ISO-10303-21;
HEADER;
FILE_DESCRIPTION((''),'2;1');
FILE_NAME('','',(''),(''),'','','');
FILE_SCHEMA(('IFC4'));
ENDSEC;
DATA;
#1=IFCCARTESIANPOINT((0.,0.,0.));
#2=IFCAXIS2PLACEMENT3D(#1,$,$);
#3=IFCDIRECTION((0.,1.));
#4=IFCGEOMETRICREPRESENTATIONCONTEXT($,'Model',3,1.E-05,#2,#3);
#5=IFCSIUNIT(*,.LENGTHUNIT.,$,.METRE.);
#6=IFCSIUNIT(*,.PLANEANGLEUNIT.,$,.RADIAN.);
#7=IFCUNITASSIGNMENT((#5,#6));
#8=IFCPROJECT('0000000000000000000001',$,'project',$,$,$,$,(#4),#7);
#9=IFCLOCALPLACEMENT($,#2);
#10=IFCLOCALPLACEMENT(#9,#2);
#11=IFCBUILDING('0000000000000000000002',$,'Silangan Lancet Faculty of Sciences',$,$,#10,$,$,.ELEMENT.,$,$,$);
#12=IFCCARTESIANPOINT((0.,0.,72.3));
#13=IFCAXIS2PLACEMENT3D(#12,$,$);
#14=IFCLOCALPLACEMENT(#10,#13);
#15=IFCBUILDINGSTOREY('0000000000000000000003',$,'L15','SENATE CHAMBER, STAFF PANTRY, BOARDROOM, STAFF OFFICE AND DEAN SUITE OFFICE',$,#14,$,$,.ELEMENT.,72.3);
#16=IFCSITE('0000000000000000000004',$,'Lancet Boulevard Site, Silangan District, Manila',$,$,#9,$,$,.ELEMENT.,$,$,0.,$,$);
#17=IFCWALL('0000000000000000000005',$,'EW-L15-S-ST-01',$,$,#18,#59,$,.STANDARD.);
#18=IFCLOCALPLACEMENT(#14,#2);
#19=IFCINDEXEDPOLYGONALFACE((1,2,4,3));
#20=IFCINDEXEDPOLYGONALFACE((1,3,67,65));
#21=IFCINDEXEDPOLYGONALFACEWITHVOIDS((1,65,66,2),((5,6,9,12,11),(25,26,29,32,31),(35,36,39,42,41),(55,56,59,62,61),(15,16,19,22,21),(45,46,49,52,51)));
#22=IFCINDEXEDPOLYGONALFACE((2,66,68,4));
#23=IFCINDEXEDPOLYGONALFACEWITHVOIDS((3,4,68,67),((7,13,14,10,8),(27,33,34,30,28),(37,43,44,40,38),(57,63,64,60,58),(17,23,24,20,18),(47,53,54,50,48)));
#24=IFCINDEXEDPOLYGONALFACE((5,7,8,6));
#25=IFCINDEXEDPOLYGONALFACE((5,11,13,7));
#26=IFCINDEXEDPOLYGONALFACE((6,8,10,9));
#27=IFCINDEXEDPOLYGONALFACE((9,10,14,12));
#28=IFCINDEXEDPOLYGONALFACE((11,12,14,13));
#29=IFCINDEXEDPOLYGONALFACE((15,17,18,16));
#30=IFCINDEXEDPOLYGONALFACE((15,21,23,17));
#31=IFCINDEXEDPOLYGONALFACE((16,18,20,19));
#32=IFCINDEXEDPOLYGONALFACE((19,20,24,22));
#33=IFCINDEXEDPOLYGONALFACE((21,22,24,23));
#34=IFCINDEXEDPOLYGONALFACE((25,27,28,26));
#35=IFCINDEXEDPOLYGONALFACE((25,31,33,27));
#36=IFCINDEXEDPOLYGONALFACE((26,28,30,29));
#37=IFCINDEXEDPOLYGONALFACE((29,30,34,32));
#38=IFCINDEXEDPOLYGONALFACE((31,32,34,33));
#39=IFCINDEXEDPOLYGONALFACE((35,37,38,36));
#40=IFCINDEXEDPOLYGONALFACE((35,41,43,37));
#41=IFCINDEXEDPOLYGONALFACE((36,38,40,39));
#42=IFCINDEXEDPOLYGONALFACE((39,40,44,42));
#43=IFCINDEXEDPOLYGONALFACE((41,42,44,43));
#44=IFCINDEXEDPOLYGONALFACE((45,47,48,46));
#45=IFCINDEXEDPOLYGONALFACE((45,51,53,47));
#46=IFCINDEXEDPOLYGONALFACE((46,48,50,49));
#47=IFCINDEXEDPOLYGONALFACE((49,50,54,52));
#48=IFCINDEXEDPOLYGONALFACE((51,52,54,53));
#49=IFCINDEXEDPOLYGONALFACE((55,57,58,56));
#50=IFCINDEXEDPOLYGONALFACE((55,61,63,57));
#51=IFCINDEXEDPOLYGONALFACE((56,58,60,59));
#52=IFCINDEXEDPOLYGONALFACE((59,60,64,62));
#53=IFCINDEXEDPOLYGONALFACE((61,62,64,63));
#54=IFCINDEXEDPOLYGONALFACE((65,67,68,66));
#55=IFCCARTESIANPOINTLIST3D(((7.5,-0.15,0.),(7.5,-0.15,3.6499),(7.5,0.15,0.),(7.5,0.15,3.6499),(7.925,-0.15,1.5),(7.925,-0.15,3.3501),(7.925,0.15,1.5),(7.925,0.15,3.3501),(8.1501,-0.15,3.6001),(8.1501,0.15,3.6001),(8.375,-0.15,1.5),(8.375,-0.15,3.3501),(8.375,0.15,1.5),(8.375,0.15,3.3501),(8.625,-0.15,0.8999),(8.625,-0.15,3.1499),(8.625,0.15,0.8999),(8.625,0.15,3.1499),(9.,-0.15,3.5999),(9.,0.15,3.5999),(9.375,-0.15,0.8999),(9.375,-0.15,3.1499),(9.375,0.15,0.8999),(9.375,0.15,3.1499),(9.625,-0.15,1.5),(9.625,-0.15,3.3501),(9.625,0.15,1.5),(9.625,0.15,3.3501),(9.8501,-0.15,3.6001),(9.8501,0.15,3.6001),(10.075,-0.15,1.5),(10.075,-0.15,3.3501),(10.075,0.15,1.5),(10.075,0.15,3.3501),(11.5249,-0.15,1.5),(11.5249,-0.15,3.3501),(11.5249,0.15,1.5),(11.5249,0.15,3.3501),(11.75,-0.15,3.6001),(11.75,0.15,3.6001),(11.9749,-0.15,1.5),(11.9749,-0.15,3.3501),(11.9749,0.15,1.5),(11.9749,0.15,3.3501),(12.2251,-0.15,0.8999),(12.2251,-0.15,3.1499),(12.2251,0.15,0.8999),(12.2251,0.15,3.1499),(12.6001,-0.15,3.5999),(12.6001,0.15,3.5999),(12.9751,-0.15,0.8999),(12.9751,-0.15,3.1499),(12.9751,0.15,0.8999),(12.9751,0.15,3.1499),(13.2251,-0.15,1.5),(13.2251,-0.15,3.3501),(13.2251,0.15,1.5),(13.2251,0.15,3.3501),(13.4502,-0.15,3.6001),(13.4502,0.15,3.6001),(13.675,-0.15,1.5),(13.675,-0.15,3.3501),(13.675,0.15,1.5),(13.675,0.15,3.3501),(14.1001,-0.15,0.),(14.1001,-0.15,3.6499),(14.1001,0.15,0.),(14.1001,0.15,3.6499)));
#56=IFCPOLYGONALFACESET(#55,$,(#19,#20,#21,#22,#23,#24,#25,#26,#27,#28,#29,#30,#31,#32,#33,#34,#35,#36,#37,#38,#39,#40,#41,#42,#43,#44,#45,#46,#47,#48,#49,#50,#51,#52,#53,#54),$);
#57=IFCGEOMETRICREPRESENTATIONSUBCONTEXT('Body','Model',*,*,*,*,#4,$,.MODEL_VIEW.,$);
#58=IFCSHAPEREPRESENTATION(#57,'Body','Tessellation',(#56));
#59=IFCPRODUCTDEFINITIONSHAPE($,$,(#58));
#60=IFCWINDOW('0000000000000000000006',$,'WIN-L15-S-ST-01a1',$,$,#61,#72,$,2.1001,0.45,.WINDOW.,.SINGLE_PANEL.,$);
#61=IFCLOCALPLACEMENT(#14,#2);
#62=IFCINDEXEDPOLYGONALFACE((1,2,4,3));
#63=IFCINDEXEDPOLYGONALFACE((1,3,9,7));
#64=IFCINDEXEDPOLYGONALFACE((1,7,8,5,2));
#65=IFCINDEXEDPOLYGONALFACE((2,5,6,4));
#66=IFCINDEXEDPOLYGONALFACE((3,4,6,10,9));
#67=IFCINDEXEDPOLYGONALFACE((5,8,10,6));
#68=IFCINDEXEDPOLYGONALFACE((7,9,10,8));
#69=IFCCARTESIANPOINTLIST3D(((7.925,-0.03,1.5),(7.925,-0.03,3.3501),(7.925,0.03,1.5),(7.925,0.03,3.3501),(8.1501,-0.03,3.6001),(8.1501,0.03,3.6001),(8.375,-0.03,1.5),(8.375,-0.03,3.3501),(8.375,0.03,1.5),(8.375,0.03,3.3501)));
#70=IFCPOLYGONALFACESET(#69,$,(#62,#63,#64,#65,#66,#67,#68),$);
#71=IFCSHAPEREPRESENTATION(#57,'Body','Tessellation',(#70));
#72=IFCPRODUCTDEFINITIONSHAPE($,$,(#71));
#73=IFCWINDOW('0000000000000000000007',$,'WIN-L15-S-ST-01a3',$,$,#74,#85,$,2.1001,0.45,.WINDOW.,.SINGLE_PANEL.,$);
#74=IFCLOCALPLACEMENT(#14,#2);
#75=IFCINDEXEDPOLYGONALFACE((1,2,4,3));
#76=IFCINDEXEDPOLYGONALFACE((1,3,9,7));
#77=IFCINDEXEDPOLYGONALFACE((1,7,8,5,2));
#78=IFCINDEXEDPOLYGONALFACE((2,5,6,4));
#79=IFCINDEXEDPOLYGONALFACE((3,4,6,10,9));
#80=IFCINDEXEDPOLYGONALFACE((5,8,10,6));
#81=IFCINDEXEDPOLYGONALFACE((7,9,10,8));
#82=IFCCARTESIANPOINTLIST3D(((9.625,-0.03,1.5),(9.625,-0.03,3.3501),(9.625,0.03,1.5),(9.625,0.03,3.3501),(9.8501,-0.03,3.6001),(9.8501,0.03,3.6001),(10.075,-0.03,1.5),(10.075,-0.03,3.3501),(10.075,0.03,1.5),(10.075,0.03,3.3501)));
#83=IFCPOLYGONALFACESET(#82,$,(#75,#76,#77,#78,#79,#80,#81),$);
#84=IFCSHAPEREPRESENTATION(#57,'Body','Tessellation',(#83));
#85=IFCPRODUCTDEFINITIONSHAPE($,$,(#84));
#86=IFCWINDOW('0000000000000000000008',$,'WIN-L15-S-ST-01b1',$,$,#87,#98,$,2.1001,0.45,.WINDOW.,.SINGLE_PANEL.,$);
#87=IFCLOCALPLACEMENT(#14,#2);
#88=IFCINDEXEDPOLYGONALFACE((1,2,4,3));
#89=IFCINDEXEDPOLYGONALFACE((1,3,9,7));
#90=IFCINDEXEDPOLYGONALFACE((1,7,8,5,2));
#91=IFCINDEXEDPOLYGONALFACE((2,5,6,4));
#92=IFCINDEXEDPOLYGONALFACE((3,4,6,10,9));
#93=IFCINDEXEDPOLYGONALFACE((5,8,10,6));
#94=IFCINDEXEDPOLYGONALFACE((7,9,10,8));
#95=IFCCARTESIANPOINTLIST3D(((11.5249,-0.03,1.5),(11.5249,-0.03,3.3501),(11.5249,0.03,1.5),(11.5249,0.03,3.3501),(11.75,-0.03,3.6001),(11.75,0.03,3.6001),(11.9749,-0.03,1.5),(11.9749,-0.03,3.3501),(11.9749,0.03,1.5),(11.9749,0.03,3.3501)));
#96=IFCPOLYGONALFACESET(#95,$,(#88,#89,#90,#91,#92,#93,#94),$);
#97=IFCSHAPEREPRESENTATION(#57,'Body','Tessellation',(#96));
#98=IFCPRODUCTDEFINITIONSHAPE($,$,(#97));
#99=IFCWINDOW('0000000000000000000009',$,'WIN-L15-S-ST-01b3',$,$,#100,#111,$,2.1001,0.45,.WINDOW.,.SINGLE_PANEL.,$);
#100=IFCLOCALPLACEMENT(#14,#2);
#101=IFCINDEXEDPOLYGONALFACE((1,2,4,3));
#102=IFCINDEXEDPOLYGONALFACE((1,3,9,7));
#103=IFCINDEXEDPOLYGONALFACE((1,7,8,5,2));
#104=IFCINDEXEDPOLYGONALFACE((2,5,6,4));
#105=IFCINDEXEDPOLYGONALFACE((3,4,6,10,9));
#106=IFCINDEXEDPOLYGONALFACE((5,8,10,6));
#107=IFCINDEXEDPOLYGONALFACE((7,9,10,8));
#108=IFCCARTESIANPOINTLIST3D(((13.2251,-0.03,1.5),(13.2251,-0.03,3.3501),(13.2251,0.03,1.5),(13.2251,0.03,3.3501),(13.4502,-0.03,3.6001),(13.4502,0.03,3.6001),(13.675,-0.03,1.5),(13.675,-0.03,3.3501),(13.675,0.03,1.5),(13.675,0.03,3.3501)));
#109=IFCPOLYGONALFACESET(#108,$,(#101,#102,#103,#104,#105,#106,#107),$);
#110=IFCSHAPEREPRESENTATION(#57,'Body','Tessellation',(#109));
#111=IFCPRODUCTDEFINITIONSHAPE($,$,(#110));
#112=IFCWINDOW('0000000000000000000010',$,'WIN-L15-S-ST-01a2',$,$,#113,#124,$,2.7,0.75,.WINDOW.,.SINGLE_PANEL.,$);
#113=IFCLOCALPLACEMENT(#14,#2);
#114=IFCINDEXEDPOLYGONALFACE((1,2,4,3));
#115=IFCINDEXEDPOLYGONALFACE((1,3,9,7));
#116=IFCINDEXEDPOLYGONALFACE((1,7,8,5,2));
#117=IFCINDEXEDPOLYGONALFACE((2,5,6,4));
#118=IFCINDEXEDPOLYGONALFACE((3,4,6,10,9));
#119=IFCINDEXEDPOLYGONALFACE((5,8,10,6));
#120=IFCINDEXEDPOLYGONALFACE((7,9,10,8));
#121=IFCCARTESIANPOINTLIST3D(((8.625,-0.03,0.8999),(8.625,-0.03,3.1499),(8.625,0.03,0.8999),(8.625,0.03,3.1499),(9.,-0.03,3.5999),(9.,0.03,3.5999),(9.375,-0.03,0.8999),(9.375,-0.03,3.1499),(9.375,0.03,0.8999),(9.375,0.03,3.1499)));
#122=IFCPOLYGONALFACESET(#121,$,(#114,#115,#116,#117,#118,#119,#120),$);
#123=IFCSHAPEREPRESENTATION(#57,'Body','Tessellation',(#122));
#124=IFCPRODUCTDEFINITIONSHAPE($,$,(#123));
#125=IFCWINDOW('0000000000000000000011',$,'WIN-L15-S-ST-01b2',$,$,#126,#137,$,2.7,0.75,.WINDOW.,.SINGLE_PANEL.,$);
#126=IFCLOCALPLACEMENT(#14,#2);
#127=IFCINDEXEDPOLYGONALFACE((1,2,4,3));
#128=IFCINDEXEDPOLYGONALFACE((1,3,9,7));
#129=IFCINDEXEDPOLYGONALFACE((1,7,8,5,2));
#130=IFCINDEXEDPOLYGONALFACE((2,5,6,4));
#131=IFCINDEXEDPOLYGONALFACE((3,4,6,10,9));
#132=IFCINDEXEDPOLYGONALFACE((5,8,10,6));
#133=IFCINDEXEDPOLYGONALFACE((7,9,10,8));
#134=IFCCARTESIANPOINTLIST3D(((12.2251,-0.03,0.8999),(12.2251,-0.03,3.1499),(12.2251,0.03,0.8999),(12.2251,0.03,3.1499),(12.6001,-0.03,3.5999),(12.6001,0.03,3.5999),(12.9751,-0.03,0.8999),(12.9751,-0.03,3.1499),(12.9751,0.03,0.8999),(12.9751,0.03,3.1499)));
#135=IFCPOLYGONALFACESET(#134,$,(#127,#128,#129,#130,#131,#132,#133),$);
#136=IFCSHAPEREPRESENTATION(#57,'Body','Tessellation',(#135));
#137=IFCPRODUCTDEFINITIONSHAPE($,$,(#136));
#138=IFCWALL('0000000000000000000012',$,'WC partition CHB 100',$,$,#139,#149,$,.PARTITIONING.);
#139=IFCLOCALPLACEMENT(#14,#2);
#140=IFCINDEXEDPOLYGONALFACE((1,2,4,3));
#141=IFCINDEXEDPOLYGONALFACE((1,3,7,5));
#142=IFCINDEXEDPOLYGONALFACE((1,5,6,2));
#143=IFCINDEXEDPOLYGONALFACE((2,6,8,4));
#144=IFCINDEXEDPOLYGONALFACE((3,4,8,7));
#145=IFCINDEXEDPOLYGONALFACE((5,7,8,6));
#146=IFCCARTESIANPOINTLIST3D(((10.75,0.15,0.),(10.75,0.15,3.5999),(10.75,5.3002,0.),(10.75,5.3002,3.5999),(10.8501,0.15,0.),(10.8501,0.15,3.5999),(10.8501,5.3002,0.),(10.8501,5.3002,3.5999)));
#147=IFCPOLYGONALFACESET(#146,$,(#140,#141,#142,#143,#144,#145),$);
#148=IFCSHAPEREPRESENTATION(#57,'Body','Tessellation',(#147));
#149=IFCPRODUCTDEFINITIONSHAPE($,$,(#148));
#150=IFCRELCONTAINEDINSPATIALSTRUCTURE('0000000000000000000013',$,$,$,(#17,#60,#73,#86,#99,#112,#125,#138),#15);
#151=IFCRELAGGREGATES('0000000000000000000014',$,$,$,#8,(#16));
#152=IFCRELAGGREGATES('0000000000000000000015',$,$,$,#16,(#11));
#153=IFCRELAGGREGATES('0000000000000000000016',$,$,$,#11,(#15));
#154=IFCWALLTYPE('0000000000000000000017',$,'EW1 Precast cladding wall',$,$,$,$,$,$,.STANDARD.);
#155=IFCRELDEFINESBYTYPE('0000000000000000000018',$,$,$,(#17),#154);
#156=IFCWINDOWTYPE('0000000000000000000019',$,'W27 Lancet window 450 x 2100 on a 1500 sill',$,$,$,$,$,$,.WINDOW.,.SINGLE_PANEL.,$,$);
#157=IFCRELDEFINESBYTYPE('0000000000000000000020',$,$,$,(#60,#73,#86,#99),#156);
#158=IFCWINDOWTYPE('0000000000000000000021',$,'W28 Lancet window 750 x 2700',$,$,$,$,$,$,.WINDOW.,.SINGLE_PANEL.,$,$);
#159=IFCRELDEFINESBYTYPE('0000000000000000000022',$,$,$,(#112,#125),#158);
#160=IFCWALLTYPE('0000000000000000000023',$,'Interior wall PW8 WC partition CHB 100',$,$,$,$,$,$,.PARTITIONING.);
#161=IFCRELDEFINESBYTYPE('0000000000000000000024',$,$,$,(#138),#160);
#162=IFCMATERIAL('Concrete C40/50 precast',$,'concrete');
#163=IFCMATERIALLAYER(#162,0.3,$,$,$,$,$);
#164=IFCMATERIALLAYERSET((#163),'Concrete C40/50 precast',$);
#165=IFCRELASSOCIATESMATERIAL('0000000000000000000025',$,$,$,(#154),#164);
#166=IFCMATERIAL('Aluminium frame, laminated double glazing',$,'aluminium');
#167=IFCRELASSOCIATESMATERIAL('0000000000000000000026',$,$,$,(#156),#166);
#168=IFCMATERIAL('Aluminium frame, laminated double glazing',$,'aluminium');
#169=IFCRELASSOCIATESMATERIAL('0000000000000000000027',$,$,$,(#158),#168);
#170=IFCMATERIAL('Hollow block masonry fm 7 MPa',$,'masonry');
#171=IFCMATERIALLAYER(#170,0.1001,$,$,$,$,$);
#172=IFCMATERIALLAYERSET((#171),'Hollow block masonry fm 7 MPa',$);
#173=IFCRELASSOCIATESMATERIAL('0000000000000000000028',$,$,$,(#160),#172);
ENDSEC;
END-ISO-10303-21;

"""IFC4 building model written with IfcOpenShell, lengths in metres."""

from ifc_helpers import new_model, si_unit, direction, frame, frame_2d, origin, place, context, subcontext, project, spatial, polyline, rectangle, outline, extrude, material, layer, layer_set, type_object, element, fill, save


model = new_model("IFC4")

# Units and contexts
model_context = context("Model", 3, precision=1e-05, world=origin(), true_north=direction((0.0, 1.0)))
body_context = subcontext(model_context, "Body", "Model", "MODEL_VIEW")
ifc_project = project(units=[si_unit("LENGTHUNIT", "METRE"), si_unit("PLANEANGLEUNIT", "RADIAN")], contexts=[model_context])

# Site, building, storey
site_placement = place(None, origin())
site = spatial("IfcSite", under=ifc_project, at=site_placement, Name="Lancet Boulevard Site, Silangan District, Manila", CompositionType="ELEMENT", RefElevation=0.0)
building_placement = place(site_placement, origin())
building = spatial("IfcBuilding", under=site, at=building_placement, Name="Silangan Lancet Faculty of Sciences", CompositionType="ELEMENT")
storey_placement = place(building_placement, frame((0.0, 0.0, 72.3)))
storey = spatial("IfcBuildingStorey", under=building, at=storey_placement, Name="L15", Description="SENATE CHAMBER, STAFF PANTRY, BOARDROOM, STAFF OFFICE AND DEAN SUITE OFFICE", CompositionType="ELEMENT", Elevation=72.3)

# Wall, openings, windows
ifc_material_1 = material(Name="Concrete C40/50 precast", Category="concrete")
ifc_layer_1 = layer(ifc_material_1, 0.3)
ifc_layer_set_1 = layer_set([ifc_layer_1], Name="Concrete C40/50 precast")
wall_type_1 = type_object("IfcWallType", Name="EW1 Precast cladding wall", PredefinedType="STANDARD", material=ifc_layer_set_1)
wall_1_placement = place(storey_placement, frame((7.5, 0.0, 0.0), z_axis=(0.0, 0.0, 1.0), x_axis=(1.0, 0.0, 0.0)))
wall_1 = element("IfcWall", 1, at=wall_1_placement, inside=storey, type_object=wall_type_1, Name="EW-L15-S-ST-01", PredefinedType="STANDARD", context=body_context, shape_type="SweptSolid", body=[
    extrude(rectangle(XDim=6.6001, YDim=0.3, at=frame_2d((3.3, 0.0))), origin(), (0.0, 0.0, 1.0), 3.6499),
])
opening_1_placement = place(wall_1_placement, frame((0.425, 0.0, 1.5)))
opening_1 = element("IfcOpeningElement", 2, at=opening_1_placement, cuts=wall_1, PredefinedType="OPENING", context=body_context, shape_type="SweptSolid", body=[
    extrude(outline(polyline([(0.0, 0.0), (0.45, 0.0), (0.45, 1.8501), (0.2251, 2.1001), (0.0, 1.8501), (0.0, 0.0)])), frame((0.0, 0.1599, 0.0), z_axis=(0.0, -1.0, 0.0), x_axis=(1.0, 0.0, 0.0)), (0.0, 0.0, 1.0), 0.3201),
])
opening_2_placement = place(wall_1_placement, frame((1.125, 0.0, 0.8999)))
opening_2 = element("IfcOpeningElement", 3, at=opening_2_placement, cuts=wall_1, PredefinedType="OPENING", context=body_context, shape_type="SweptSolid", body=[
    extrude(outline(polyline([(0.0, 0.0), (0.75, 0.0), (0.75, 2.25), (0.375, 2.7), (0.0, 2.25), (0.0, 0.0)])), frame((0.0, 0.1599, 0.0), z_axis=(0.0, -1.0, 0.0), x_axis=(1.0, 0.0, 0.0)), (0.0, 0.0, 1.0), 0.3201),
])
opening_3_placement = place(wall_1_placement, frame((2.125, 0.0, 1.5)))
opening_3 = element("IfcOpeningElement", 4, at=opening_3_placement, cuts=wall_1, PredefinedType="OPENING", context=body_context, shape_type="SweptSolid", body=[
    extrude(outline(polyline([(0.0, 0.0), (0.45, 0.0), (0.45, 1.8501), (0.2251, 2.1001), (0.0, 1.8501), (0.0, 0.0)])), frame((0.0, 0.1599, 0.0), z_axis=(0.0, -1.0, 0.0), x_axis=(1.0, 0.0, 0.0)), (0.0, 0.0, 1.0), 0.3201),
])
opening_4_placement = place(wall_1_placement, frame((4.0249, 0.0, 1.5)))
opening_4 = element("IfcOpeningElement", 5, at=opening_4_placement, cuts=wall_1, PredefinedType="OPENING", context=body_context, shape_type="SweptSolid", body=[
    extrude(outline(polyline([(0.0, 0.0), (0.45, 0.0), (0.45, 1.8501), (0.2251, 2.1001), (0.0, 1.8501), (0.0, 0.0)])), frame((0.0, 0.1599, 0.0), z_axis=(0.0, -1.0, 0.0), x_axis=(1.0, 0.0, 0.0)), (0.0, 0.0, 1.0), 0.3201),
])
opening_5_placement = place(wall_1_placement, frame((4.7251, 0.0, 0.8999)))
opening_5 = element("IfcOpeningElement", 6, at=opening_5_placement, cuts=wall_1, PredefinedType="OPENING", context=body_context, shape_type="SweptSolid", body=[
    extrude(outline(polyline([(0.0, 0.0), (0.75, 0.0), (0.75, 2.25), (0.375, 2.7), (0.0, 2.25), (0.0, 0.0)])), frame((0.0, 0.1599, 0.0), z_axis=(0.0, -1.0, 0.0), x_axis=(1.0, 0.0, 0.0)), (0.0, 0.0, 1.0), 0.3201),
])
opening_6_placement = place(wall_1_placement, frame((5.7251, 0.0, 1.5)))
opening_6 = element("IfcOpeningElement", 7, at=opening_6_placement, cuts=wall_1, PredefinedType="OPENING", context=body_context, shape_type="SweptSolid", body=[
    extrude(outline(polyline([(0.0, 0.0), (0.45, 0.0), (0.45, 1.8501), (0.2251, 2.1001), (0.0, 1.8501), (0.0, 0.0)])), frame((0.0, 0.1599, 0.0), z_axis=(0.0, -1.0, 0.0), x_axis=(1.0, 0.0, 0.0)), (0.0, 0.0, 1.0), 0.3201),
])
ifc_material_2 = material(Name="Aluminium frame, laminated double glazing", Category="aluminium")
window_type_1 = type_object("IfcWindowType", Name="W27 Lancet window 450 x 2100 on a 1500 sill", PartitioningType="SINGLE_PANEL", PredefinedType="WINDOW", material=ifc_material_2)
window_1_placement = place(opening_1_placement, origin())
window_1 = element("IfcWindow", 8, at=window_1_placement, inside=storey, type_object=window_type_1, Name="WIN-L15-S-ST-01a1", OverallHeight=2.1001, OverallWidth=0.45, PartitioningType="SINGLE_PANEL", PredefinedType="WINDOW", context=body_context, shape_type="SweptSolid", body=[
    extrude(outline(polyline([(0.0, 0.0), (0.45, 0.0), (0.45, 1.8501), (0.2251, 2.1001), (0.0, 1.8501), (0.0, 0.0)])), frame((0.0, 0.03, 0.0), z_axis=(0.0, -1.0, 0.0), x_axis=(1.0, 0.0, 0.0)), (0.0, 0.0, 1.0), 0.0601),
])
fill(opening_1, window_1)
window_2_placement = place(opening_3_placement, origin())
window_2 = element("IfcWindow", 9, at=window_2_placement, inside=storey, type_object=window_type_1, Name="WIN-L15-S-ST-01a3", OverallHeight=2.1001, OverallWidth=0.45, PartitioningType="SINGLE_PANEL", PredefinedType="WINDOW", context=body_context, shape_type="SweptSolid", body=[
    extrude(outline(polyline([(0.0, 0.0), (0.45, 0.0), (0.45, 1.8501), (0.2251, 2.1001), (0.0, 1.8501), (0.0, 0.0)])), frame((0.0, 0.03, 0.0), z_axis=(0.0, -1.0, 0.0), x_axis=(1.0, 0.0, 0.0)), (0.0, 0.0, 1.0), 0.0601),
])
fill(opening_3, window_2)
window_3_placement = place(opening_4_placement, origin())
window_3 = element("IfcWindow", 10, at=window_3_placement, inside=storey, type_object=window_type_1, Name="WIN-L15-S-ST-01b1", OverallHeight=2.1001, OverallWidth=0.45, PartitioningType="SINGLE_PANEL", PredefinedType="WINDOW", context=body_context, shape_type="SweptSolid", body=[
    extrude(outline(polyline([(0.0, 0.0), (0.45, 0.0), (0.45, 1.8501), (0.2251, 2.1001), (0.0, 1.8501), (0.0, 0.0)])), frame((0.0, 0.03, 0.0), z_axis=(0.0, -1.0, 0.0), x_axis=(1.0, 0.0, 0.0)), (0.0, 0.0, 1.0), 0.0601),
])
fill(opening_4, window_3)
window_4_placement = place(opening_6_placement, origin())
window_4 = element("IfcWindow", 11, at=window_4_placement, inside=storey, type_object=window_type_1, Name="WIN-L15-S-ST-01b3", OverallHeight=2.1001, OverallWidth=0.45, PartitioningType="SINGLE_PANEL", PredefinedType="WINDOW", context=body_context, shape_type="SweptSolid", body=[
    extrude(outline(polyline([(0.0, 0.0), (0.45, 0.0), (0.45, 1.8501), (0.2251, 2.1001), (0.0, 1.8501), (0.0, 0.0)])), frame((0.0, 0.03, 0.0), z_axis=(0.0, -1.0, 0.0), x_axis=(1.0, 0.0, 0.0)), (0.0, 0.0, 1.0), 0.0601),
])
fill(opening_6, window_4)
ifc_material_3 = material(Name="Aluminium frame, laminated double glazing", Category="aluminium")
window_type_2 = type_object("IfcWindowType", Name="W28 Lancet window 750 x 2700", PartitioningType="SINGLE_PANEL", PredefinedType="WINDOW", material=ifc_material_3)
window_5_placement = place(opening_2_placement, origin())
window_5 = element("IfcWindow", 12, at=window_5_placement, inside=storey, type_object=window_type_2, Name="WIN-L15-S-ST-01a2", OverallHeight=2.7, OverallWidth=0.75, PartitioningType="SINGLE_PANEL", PredefinedType="WINDOW", context=body_context, shape_type="SweptSolid", body=[
    extrude(outline(polyline([(0.0, 0.0), (0.75, 0.0), (0.75, 2.25), (0.375, 2.7), (0.0, 2.25), (0.0, 0.0)])), frame((0.0, 0.03, 0.0), z_axis=(0.0, -1.0, 0.0), x_axis=(1.0, 0.0, 0.0)), (0.0, 0.0, 1.0), 0.0601),
])
fill(opening_2, window_5)
window_6_placement = place(opening_5_placement, origin())
window_6 = element("IfcWindow", 13, at=window_6_placement, inside=storey, type_object=window_type_2, Name="WIN-L15-S-ST-01b2", OverallHeight=2.7, OverallWidth=0.75, PartitioningType="SINGLE_PANEL", PredefinedType="WINDOW", context=body_context, shape_type="SweptSolid", body=[
    extrude(outline(polyline([(0.0, 0.0), (0.75, 0.0), (0.75, 2.25), (0.375, 2.7), (0.0, 2.25), (0.0, 0.0)])), frame((0.0, 0.03, 0.0), z_axis=(0.0, -1.0, 0.0), x_axis=(1.0, 0.0, 0.0)), (0.0, 0.0, 1.0), 0.0601),
])
fill(opening_5, window_6)

# Wall
ifc_material_4 = material(Name="Hollow block masonry fm 7 MPa", Category="masonry")
ifc_layer_2 = layer(ifc_material_4, 0.1001)
ifc_layer_set_2 = layer_set([ifc_layer_2], Name="Hollow block masonry fm 7 MPa")
wall_type_2 = type_object("IfcWallType", Name="Interior wall PW8 WC partition CHB 100", PredefinedType="PARTITIONING", material=ifc_layer_set_2)
wall_2_placement = place(storey_placement, frame((10.8, 0.1499, 0.0), z_axis=(0.0, 0.0, 1.0), x_axis=(0.0, 1.0, 0.0)))
element("IfcWall", 14, at=wall_2_placement, inside=storey, type_object=wall_type_2, Name="WC partition CHB 100", PredefinedType="PARTITIONING", context=body_context, shape_type="SweptSolid", body=[
    extrude(rectangle(XDim=5.1501, YDim=0.1001, at=frame_2d((2.5752, 0.0))), origin(), (0.0, 0.0, 1.0), 3.5999),
])

save(model, "model.ifc")
